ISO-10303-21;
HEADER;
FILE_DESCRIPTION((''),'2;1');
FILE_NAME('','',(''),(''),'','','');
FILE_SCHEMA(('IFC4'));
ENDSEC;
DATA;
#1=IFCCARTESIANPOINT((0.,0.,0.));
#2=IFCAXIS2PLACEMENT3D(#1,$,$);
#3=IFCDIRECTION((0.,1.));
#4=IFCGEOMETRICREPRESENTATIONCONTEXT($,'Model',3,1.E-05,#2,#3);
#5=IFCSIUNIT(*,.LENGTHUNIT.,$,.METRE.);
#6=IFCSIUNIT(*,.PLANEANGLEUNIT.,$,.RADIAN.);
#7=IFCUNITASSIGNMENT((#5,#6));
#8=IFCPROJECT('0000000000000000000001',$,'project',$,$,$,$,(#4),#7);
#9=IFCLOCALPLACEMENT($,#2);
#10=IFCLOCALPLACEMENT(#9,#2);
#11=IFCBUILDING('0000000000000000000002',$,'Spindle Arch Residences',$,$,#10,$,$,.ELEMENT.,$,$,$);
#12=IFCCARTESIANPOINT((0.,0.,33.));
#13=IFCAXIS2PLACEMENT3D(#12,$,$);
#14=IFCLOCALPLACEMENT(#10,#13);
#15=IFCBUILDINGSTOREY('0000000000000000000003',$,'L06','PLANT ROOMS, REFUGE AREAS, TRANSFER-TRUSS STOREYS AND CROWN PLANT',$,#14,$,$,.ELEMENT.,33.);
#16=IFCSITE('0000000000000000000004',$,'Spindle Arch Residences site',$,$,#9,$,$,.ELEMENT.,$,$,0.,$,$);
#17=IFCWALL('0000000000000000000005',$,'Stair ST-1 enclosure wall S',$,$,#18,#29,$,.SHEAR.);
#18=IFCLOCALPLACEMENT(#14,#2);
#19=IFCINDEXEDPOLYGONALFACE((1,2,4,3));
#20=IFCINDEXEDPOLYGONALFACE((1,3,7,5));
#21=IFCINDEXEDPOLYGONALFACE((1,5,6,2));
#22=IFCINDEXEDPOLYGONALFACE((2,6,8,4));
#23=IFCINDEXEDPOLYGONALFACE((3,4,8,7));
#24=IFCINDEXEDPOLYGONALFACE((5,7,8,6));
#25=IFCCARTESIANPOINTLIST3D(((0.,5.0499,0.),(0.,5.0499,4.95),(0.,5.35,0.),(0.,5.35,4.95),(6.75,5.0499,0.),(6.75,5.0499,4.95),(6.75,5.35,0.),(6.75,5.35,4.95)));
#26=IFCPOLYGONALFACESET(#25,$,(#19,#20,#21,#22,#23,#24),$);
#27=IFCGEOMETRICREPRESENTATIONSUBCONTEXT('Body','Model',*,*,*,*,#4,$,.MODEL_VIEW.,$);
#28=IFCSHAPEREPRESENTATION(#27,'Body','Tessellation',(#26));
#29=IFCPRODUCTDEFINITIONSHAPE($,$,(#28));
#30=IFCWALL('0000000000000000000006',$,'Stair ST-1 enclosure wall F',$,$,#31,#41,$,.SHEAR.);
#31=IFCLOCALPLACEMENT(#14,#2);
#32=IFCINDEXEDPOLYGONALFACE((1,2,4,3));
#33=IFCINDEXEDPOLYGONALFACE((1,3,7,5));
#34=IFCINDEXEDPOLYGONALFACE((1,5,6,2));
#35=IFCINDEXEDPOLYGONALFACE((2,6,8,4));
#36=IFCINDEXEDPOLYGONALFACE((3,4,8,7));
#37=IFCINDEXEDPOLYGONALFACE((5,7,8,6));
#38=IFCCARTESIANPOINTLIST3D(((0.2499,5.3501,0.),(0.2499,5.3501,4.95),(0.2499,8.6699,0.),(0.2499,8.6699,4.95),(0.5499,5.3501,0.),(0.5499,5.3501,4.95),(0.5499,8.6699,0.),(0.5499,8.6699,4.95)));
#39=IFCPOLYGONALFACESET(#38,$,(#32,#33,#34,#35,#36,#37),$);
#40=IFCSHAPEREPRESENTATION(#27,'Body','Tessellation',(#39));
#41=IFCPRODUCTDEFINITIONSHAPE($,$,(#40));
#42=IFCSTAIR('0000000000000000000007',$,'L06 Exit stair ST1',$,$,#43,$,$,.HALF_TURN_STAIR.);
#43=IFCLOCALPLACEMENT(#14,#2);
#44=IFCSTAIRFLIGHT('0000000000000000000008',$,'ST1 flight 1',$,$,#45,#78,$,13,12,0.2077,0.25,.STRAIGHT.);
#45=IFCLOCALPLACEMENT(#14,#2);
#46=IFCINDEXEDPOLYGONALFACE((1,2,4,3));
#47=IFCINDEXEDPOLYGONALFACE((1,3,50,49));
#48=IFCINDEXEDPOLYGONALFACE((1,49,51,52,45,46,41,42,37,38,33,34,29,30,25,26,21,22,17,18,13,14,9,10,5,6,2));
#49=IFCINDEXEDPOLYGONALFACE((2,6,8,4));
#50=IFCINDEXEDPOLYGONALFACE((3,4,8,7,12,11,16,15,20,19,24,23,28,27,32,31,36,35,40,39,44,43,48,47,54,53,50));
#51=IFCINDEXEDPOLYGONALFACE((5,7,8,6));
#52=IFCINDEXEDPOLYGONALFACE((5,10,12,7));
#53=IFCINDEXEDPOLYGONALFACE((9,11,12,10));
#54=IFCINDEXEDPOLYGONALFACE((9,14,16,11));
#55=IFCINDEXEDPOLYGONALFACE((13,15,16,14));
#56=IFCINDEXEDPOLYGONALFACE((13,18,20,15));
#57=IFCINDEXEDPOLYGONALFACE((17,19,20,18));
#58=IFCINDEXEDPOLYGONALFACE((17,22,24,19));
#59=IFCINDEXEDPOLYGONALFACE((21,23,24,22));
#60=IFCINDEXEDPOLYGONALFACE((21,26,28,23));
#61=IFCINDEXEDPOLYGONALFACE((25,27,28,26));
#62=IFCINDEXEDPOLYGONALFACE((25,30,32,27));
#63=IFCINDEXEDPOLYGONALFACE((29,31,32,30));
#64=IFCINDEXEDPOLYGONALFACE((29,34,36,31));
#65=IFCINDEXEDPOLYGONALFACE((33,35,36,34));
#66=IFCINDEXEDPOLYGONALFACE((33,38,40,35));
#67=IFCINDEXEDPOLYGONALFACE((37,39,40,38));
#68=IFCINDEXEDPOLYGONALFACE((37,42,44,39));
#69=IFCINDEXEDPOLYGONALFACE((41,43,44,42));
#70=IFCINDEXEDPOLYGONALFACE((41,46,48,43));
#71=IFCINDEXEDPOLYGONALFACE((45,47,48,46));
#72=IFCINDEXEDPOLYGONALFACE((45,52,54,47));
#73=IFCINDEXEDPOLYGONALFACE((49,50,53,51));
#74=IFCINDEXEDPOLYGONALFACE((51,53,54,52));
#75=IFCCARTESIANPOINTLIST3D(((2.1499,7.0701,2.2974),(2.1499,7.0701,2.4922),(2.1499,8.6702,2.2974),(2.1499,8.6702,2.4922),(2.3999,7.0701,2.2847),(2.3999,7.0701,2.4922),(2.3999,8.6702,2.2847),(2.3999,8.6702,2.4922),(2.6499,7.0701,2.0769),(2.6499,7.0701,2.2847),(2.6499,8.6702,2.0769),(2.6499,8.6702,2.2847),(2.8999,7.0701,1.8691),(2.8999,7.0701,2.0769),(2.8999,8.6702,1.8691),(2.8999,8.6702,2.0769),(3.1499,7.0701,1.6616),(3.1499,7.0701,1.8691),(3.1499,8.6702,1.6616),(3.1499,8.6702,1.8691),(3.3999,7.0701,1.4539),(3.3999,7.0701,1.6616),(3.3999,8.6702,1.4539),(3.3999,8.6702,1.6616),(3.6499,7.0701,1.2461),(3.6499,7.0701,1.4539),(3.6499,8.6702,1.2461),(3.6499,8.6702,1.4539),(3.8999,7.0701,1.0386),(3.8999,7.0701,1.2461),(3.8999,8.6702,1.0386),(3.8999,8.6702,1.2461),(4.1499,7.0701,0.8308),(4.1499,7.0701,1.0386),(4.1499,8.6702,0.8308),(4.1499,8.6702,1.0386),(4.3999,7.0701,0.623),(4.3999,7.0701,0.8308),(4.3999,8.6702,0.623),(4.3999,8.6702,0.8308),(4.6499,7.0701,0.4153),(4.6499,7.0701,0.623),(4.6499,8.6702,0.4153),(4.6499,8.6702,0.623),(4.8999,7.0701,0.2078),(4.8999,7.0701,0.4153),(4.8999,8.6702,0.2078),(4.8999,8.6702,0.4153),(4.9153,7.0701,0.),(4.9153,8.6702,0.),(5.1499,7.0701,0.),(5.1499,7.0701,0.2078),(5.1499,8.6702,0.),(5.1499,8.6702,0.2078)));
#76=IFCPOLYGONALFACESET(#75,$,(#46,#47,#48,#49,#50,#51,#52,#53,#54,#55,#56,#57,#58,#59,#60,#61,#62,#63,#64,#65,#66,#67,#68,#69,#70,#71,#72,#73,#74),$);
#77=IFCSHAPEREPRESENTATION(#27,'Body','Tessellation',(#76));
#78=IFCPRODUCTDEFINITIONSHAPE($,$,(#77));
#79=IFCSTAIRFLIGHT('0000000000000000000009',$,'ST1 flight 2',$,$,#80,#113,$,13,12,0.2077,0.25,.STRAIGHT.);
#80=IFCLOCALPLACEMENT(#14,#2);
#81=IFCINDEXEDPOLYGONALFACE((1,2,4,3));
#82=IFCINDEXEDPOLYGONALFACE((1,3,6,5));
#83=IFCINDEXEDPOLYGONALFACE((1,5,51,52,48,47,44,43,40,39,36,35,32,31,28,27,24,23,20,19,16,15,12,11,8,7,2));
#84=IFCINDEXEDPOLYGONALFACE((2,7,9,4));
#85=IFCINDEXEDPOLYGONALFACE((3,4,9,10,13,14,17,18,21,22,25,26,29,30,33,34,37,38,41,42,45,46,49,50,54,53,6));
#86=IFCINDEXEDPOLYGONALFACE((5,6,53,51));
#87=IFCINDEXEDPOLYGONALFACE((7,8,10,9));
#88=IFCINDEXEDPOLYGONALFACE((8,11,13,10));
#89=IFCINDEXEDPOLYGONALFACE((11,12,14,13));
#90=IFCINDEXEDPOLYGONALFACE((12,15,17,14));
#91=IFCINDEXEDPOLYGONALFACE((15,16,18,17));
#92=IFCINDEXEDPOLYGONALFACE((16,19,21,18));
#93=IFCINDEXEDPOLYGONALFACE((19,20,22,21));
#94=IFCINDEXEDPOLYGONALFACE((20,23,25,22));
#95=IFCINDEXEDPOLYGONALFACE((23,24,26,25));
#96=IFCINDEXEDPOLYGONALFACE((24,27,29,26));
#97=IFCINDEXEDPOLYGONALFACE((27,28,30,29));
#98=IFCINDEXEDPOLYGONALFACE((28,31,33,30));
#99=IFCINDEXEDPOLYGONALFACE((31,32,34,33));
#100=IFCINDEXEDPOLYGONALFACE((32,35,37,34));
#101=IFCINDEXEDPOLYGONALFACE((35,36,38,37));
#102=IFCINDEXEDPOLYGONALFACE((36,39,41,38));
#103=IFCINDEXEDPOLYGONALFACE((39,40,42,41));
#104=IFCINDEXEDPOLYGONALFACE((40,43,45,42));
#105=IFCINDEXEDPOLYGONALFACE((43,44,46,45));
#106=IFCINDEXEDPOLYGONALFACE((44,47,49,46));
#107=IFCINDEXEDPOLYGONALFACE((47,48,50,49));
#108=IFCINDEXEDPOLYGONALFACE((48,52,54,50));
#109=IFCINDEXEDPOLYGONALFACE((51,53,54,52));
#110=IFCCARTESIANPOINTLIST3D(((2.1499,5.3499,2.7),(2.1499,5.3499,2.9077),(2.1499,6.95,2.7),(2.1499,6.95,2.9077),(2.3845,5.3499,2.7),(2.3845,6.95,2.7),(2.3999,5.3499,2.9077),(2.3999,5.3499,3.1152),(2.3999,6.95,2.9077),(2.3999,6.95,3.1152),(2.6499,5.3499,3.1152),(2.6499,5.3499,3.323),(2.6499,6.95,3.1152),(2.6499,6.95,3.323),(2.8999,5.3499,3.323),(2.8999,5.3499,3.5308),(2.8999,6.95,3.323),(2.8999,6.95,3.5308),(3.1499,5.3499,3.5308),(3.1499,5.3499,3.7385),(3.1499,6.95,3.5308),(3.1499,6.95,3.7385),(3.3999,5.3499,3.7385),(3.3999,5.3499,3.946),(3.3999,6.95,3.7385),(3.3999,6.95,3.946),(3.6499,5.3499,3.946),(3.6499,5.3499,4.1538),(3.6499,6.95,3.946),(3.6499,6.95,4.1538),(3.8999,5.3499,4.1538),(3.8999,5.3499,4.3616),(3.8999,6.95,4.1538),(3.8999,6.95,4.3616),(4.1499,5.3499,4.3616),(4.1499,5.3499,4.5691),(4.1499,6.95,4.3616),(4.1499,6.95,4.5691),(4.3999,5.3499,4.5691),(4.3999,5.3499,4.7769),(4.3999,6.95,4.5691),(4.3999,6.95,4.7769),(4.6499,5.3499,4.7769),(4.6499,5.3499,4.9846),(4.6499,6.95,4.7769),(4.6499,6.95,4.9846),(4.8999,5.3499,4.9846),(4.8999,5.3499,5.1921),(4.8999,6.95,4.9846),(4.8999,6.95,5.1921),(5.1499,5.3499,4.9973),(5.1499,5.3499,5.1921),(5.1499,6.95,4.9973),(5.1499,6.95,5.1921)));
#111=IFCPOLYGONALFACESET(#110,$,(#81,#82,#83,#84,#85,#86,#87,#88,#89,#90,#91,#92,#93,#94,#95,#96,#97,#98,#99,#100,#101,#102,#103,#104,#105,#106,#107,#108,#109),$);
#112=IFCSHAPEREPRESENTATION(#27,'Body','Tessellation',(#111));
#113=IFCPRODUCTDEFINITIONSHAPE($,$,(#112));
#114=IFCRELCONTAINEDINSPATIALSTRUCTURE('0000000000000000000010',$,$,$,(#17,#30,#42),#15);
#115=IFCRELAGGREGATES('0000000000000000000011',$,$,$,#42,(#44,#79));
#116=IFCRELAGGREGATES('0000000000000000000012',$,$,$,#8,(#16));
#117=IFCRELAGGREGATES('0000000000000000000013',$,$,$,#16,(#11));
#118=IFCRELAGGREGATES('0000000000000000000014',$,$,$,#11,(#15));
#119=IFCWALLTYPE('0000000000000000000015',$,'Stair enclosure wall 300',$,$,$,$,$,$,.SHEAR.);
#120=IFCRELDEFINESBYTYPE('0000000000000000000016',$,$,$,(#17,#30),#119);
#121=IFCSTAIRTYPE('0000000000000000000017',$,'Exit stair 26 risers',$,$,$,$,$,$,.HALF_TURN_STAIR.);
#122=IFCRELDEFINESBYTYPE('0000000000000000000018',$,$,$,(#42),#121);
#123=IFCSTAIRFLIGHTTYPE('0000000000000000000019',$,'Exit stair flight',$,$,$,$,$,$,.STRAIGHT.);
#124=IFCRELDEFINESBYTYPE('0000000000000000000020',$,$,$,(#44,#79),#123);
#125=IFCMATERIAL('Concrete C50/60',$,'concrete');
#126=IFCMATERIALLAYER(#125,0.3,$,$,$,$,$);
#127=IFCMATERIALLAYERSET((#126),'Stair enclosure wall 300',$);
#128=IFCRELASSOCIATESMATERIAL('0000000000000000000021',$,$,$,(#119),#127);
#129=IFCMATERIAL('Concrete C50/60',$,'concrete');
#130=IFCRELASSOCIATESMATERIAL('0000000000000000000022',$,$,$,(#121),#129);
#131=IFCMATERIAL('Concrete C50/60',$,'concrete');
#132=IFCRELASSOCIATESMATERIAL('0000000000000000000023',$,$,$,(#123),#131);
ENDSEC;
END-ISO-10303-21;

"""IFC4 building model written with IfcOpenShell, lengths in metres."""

from ifc_helpers import new_model, si_unit, direction, frame, frame_2d, origin, place, context, subcontext, project, spatial, polyline, rectangle, outline, extrude, material, layer, layer_set, type_object, element, aggregate, save


model = new_model("IFC4")

# Units and contexts
model_context = context("Model", 3, precision=1e-05, world=origin(), true_north=direction((0.0, 1.0)))
body_context = subcontext(model_context, "Body", "Model", "MODEL_VIEW")
ifc_project = project(units=[si_unit("LENGTHUNIT", "METRE"), si_unit("PLANEANGLEUNIT", "RADIAN")], contexts=[model_context])

# Site, building, storey
site_placement = place(None, origin())
site = spatial("IfcSite", under=ifc_project, at=site_placement, Name="Spindle Arch Residences site", CompositionType="ELEMENT", RefElevation=0.0)
building_placement = place(site_placement, origin())
building = spatial("IfcBuilding", under=site, at=building_placement, Name="Spindle Arch Residences", CompositionType="ELEMENT")
storey_placement = place(building_placement, frame((0.0, 0.0, 33.0)))
storey = spatial("IfcBuildingStorey", under=building, at=storey_placement, Name="L06", Description="PLANT ROOMS, REFUGE AREAS, TRANSFER-TRUSS STOREYS AND CROWN PLANT", CompositionType="ELEMENT", Elevation=33.0)

# Walls
ifc_material_1 = material(Name="Concrete C50/60", Category="concrete")
ifc_layer_1 = layer(ifc_material_1, 0.3)
ifc_layer_set_1 = layer_set([ifc_layer_1], Name="Stair enclosure wall 300")
wall_type_1 = type_object("IfcWallType", Name="Stair enclosure wall 300", PredefinedType="SHEAR", material=ifc_layer_set_1)
wall_1_placement = place(storey_placement, frame((0.0, 5.2, 0.0), z_axis=(0.0, 0.0, 1.0), x_axis=(1.0, 0.0, 0.0)))
element("IfcWall", 1, at=wall_1_placement, inside=storey, type_object=wall_type_1, Name="Stair ST-1 enclosure wall S", PredefinedType="SHEAR", context=body_context, shape_type="SweptSolid", body=[
    extrude(rectangle(XDim=6.75, YDim=0.3, at=frame_2d((3.375, 0.0))), origin(), (0.0, 0.0, 1.0), 4.95),
])
wall_2_placement = place(storey_placement, frame((0.3999, 5.3501, 0.0), z_axis=(0.0, 0.0, 1.0), x_axis=(0.0, 1.0, 0.0)))
element("IfcWall", 2, at=wall_2_placement, inside=storey, type_object=wall_type_1, Name="Stair ST-1 enclosure wall F", PredefinedType="SHEAR", context=body_context, shape_type="SweptSolid", body=[
    extrude(rectangle(XDim=3.3198, YDim=0.3, at=frame_2d((1.6599, 0.0))), origin(), (0.0, 0.0, 1.0), 4.95),
])

# Stair, stair flights
ifc_material_2 = material(Name="Concrete C50/60", Category="concrete")
stair_type = type_object("IfcStairType", Name="Exit stair 26 risers", PredefinedType="HALF_TURN_STAIR", material=ifc_material_2)
stair_placement = place(storey_placement, origin())
stair = element("IfcStair", 3, at=stair_placement, inside=storey, type_object=stair_type, Name="L06 Exit stair ST1", PredefinedType="HALF_TURN_STAIR")
ifc_material_3 = material(Name="Concrete C50/60", Category="concrete")
stair_flight_type = type_object("IfcStairFlightType", Name="Exit stair flight", PredefinedType="STRAIGHT", material=ifc_material_3)
stair_flight_1_placement = place(storey_placement, frame((5.1499, 7.8701, 0.0), z_axis=(0.0, 0.0, 1.0), x_axis=(-1.0, 0.0, 0.0)))
stair_flight_1 = element("IfcStairFlight", 4, at=stair_flight_1_placement, type_object=stair_flight_type, Name="ST1 flight 1", NumberOfRisers=13, NumberOfTreads=12, PredefinedType="STRAIGHT", RiserHeight=0.2077, TreadLength=0.25, context=body_context, shape_type="SweptSolid", body=[
    extrude(outline(polyline([(0.0, 0.0), (0.0, 0.2078), (0.25, 0.2078), (0.25, 0.4153), (0.5, 0.4153), (0.5, 0.623), (0.75, 0.623), (0.75, 0.8308), (1.0, 0.8308), (1.0, 1.0386), (1.25, 1.0386), (1.25, 1.2461), (1.5, 1.2461), (1.5, 1.4539), (1.75, 1.4539), (1.75, 1.6616), (2.0, 1.6616), (2.0, 1.8691), (2.25, 1.8691), (2.25, 2.0769), (2.5, 2.0769), (2.5, 2.2847), (2.75, 2.2847), (2.75, 2.4922), (3.0, 2.4922), (3.0, 2.7), (3.0, 2.2974), (0.2346, 0.0), (0.0, 0.0)])), frame((0.0, 0.8, 0.0), z_axis=(0.0, -1.0, 0.0), x_axis=(1.0, 0.0, 0.0)), (0.0, 0.0, 1.0), 1.6001),
])
stair_flight_2_placement = place(storey_placement, frame((2.1499, 6.1499, 2.7), z_axis=(0.0, 0.0, 1.0), x_axis=(1.0, 0.0, 0.0)))
stair_flight_2 = element("IfcStairFlight", 5, at=stair_flight_2_placement, type_object=stair_flight_type, Name="ST1 flight 2", NumberOfRisers=13, NumberOfTreads=12, PredefinedType="STRAIGHT", RiserHeight=0.2077, TreadLength=0.25, context=body_context, shape_type="SweptSolid", body=[
    extrude(outline(polyline([(0.0, 0.0), (0.0, 0.2078), (0.25, 0.2078), (0.25, 0.4153), (0.5, 0.4153), (0.5, 0.623), (0.75, 0.623), (0.75, 0.8308), (1.0, 0.8308), (1.0, 1.0386), (1.25, 1.0386), (1.25, 1.2461), (1.5, 1.2461), (1.5, 1.4539), (1.75, 1.4539), (1.75, 1.6616), (2.0, 1.6616), (2.0, 1.8691), (2.25, 1.8691), (2.25, 2.0769), (2.5, 2.0769), (2.5, 2.2847), (2.75, 2.2847), (2.75, 2.4922), (3.0, 2.4922), (3.0, 2.7), (3.0, 2.2974), (0.2346, 0.0), (0.0, 0.0)])), frame((0.0, 0.8, 0.0), z_axis=(0.0, -1.0, 0.0), x_axis=(1.0, 0.0, 0.0)), (0.0, 0.0, 1.0), 1.6001),
])
aggregate(stair, [stair_flight_1, stair_flight_2])

save(model, "model.ifc")
